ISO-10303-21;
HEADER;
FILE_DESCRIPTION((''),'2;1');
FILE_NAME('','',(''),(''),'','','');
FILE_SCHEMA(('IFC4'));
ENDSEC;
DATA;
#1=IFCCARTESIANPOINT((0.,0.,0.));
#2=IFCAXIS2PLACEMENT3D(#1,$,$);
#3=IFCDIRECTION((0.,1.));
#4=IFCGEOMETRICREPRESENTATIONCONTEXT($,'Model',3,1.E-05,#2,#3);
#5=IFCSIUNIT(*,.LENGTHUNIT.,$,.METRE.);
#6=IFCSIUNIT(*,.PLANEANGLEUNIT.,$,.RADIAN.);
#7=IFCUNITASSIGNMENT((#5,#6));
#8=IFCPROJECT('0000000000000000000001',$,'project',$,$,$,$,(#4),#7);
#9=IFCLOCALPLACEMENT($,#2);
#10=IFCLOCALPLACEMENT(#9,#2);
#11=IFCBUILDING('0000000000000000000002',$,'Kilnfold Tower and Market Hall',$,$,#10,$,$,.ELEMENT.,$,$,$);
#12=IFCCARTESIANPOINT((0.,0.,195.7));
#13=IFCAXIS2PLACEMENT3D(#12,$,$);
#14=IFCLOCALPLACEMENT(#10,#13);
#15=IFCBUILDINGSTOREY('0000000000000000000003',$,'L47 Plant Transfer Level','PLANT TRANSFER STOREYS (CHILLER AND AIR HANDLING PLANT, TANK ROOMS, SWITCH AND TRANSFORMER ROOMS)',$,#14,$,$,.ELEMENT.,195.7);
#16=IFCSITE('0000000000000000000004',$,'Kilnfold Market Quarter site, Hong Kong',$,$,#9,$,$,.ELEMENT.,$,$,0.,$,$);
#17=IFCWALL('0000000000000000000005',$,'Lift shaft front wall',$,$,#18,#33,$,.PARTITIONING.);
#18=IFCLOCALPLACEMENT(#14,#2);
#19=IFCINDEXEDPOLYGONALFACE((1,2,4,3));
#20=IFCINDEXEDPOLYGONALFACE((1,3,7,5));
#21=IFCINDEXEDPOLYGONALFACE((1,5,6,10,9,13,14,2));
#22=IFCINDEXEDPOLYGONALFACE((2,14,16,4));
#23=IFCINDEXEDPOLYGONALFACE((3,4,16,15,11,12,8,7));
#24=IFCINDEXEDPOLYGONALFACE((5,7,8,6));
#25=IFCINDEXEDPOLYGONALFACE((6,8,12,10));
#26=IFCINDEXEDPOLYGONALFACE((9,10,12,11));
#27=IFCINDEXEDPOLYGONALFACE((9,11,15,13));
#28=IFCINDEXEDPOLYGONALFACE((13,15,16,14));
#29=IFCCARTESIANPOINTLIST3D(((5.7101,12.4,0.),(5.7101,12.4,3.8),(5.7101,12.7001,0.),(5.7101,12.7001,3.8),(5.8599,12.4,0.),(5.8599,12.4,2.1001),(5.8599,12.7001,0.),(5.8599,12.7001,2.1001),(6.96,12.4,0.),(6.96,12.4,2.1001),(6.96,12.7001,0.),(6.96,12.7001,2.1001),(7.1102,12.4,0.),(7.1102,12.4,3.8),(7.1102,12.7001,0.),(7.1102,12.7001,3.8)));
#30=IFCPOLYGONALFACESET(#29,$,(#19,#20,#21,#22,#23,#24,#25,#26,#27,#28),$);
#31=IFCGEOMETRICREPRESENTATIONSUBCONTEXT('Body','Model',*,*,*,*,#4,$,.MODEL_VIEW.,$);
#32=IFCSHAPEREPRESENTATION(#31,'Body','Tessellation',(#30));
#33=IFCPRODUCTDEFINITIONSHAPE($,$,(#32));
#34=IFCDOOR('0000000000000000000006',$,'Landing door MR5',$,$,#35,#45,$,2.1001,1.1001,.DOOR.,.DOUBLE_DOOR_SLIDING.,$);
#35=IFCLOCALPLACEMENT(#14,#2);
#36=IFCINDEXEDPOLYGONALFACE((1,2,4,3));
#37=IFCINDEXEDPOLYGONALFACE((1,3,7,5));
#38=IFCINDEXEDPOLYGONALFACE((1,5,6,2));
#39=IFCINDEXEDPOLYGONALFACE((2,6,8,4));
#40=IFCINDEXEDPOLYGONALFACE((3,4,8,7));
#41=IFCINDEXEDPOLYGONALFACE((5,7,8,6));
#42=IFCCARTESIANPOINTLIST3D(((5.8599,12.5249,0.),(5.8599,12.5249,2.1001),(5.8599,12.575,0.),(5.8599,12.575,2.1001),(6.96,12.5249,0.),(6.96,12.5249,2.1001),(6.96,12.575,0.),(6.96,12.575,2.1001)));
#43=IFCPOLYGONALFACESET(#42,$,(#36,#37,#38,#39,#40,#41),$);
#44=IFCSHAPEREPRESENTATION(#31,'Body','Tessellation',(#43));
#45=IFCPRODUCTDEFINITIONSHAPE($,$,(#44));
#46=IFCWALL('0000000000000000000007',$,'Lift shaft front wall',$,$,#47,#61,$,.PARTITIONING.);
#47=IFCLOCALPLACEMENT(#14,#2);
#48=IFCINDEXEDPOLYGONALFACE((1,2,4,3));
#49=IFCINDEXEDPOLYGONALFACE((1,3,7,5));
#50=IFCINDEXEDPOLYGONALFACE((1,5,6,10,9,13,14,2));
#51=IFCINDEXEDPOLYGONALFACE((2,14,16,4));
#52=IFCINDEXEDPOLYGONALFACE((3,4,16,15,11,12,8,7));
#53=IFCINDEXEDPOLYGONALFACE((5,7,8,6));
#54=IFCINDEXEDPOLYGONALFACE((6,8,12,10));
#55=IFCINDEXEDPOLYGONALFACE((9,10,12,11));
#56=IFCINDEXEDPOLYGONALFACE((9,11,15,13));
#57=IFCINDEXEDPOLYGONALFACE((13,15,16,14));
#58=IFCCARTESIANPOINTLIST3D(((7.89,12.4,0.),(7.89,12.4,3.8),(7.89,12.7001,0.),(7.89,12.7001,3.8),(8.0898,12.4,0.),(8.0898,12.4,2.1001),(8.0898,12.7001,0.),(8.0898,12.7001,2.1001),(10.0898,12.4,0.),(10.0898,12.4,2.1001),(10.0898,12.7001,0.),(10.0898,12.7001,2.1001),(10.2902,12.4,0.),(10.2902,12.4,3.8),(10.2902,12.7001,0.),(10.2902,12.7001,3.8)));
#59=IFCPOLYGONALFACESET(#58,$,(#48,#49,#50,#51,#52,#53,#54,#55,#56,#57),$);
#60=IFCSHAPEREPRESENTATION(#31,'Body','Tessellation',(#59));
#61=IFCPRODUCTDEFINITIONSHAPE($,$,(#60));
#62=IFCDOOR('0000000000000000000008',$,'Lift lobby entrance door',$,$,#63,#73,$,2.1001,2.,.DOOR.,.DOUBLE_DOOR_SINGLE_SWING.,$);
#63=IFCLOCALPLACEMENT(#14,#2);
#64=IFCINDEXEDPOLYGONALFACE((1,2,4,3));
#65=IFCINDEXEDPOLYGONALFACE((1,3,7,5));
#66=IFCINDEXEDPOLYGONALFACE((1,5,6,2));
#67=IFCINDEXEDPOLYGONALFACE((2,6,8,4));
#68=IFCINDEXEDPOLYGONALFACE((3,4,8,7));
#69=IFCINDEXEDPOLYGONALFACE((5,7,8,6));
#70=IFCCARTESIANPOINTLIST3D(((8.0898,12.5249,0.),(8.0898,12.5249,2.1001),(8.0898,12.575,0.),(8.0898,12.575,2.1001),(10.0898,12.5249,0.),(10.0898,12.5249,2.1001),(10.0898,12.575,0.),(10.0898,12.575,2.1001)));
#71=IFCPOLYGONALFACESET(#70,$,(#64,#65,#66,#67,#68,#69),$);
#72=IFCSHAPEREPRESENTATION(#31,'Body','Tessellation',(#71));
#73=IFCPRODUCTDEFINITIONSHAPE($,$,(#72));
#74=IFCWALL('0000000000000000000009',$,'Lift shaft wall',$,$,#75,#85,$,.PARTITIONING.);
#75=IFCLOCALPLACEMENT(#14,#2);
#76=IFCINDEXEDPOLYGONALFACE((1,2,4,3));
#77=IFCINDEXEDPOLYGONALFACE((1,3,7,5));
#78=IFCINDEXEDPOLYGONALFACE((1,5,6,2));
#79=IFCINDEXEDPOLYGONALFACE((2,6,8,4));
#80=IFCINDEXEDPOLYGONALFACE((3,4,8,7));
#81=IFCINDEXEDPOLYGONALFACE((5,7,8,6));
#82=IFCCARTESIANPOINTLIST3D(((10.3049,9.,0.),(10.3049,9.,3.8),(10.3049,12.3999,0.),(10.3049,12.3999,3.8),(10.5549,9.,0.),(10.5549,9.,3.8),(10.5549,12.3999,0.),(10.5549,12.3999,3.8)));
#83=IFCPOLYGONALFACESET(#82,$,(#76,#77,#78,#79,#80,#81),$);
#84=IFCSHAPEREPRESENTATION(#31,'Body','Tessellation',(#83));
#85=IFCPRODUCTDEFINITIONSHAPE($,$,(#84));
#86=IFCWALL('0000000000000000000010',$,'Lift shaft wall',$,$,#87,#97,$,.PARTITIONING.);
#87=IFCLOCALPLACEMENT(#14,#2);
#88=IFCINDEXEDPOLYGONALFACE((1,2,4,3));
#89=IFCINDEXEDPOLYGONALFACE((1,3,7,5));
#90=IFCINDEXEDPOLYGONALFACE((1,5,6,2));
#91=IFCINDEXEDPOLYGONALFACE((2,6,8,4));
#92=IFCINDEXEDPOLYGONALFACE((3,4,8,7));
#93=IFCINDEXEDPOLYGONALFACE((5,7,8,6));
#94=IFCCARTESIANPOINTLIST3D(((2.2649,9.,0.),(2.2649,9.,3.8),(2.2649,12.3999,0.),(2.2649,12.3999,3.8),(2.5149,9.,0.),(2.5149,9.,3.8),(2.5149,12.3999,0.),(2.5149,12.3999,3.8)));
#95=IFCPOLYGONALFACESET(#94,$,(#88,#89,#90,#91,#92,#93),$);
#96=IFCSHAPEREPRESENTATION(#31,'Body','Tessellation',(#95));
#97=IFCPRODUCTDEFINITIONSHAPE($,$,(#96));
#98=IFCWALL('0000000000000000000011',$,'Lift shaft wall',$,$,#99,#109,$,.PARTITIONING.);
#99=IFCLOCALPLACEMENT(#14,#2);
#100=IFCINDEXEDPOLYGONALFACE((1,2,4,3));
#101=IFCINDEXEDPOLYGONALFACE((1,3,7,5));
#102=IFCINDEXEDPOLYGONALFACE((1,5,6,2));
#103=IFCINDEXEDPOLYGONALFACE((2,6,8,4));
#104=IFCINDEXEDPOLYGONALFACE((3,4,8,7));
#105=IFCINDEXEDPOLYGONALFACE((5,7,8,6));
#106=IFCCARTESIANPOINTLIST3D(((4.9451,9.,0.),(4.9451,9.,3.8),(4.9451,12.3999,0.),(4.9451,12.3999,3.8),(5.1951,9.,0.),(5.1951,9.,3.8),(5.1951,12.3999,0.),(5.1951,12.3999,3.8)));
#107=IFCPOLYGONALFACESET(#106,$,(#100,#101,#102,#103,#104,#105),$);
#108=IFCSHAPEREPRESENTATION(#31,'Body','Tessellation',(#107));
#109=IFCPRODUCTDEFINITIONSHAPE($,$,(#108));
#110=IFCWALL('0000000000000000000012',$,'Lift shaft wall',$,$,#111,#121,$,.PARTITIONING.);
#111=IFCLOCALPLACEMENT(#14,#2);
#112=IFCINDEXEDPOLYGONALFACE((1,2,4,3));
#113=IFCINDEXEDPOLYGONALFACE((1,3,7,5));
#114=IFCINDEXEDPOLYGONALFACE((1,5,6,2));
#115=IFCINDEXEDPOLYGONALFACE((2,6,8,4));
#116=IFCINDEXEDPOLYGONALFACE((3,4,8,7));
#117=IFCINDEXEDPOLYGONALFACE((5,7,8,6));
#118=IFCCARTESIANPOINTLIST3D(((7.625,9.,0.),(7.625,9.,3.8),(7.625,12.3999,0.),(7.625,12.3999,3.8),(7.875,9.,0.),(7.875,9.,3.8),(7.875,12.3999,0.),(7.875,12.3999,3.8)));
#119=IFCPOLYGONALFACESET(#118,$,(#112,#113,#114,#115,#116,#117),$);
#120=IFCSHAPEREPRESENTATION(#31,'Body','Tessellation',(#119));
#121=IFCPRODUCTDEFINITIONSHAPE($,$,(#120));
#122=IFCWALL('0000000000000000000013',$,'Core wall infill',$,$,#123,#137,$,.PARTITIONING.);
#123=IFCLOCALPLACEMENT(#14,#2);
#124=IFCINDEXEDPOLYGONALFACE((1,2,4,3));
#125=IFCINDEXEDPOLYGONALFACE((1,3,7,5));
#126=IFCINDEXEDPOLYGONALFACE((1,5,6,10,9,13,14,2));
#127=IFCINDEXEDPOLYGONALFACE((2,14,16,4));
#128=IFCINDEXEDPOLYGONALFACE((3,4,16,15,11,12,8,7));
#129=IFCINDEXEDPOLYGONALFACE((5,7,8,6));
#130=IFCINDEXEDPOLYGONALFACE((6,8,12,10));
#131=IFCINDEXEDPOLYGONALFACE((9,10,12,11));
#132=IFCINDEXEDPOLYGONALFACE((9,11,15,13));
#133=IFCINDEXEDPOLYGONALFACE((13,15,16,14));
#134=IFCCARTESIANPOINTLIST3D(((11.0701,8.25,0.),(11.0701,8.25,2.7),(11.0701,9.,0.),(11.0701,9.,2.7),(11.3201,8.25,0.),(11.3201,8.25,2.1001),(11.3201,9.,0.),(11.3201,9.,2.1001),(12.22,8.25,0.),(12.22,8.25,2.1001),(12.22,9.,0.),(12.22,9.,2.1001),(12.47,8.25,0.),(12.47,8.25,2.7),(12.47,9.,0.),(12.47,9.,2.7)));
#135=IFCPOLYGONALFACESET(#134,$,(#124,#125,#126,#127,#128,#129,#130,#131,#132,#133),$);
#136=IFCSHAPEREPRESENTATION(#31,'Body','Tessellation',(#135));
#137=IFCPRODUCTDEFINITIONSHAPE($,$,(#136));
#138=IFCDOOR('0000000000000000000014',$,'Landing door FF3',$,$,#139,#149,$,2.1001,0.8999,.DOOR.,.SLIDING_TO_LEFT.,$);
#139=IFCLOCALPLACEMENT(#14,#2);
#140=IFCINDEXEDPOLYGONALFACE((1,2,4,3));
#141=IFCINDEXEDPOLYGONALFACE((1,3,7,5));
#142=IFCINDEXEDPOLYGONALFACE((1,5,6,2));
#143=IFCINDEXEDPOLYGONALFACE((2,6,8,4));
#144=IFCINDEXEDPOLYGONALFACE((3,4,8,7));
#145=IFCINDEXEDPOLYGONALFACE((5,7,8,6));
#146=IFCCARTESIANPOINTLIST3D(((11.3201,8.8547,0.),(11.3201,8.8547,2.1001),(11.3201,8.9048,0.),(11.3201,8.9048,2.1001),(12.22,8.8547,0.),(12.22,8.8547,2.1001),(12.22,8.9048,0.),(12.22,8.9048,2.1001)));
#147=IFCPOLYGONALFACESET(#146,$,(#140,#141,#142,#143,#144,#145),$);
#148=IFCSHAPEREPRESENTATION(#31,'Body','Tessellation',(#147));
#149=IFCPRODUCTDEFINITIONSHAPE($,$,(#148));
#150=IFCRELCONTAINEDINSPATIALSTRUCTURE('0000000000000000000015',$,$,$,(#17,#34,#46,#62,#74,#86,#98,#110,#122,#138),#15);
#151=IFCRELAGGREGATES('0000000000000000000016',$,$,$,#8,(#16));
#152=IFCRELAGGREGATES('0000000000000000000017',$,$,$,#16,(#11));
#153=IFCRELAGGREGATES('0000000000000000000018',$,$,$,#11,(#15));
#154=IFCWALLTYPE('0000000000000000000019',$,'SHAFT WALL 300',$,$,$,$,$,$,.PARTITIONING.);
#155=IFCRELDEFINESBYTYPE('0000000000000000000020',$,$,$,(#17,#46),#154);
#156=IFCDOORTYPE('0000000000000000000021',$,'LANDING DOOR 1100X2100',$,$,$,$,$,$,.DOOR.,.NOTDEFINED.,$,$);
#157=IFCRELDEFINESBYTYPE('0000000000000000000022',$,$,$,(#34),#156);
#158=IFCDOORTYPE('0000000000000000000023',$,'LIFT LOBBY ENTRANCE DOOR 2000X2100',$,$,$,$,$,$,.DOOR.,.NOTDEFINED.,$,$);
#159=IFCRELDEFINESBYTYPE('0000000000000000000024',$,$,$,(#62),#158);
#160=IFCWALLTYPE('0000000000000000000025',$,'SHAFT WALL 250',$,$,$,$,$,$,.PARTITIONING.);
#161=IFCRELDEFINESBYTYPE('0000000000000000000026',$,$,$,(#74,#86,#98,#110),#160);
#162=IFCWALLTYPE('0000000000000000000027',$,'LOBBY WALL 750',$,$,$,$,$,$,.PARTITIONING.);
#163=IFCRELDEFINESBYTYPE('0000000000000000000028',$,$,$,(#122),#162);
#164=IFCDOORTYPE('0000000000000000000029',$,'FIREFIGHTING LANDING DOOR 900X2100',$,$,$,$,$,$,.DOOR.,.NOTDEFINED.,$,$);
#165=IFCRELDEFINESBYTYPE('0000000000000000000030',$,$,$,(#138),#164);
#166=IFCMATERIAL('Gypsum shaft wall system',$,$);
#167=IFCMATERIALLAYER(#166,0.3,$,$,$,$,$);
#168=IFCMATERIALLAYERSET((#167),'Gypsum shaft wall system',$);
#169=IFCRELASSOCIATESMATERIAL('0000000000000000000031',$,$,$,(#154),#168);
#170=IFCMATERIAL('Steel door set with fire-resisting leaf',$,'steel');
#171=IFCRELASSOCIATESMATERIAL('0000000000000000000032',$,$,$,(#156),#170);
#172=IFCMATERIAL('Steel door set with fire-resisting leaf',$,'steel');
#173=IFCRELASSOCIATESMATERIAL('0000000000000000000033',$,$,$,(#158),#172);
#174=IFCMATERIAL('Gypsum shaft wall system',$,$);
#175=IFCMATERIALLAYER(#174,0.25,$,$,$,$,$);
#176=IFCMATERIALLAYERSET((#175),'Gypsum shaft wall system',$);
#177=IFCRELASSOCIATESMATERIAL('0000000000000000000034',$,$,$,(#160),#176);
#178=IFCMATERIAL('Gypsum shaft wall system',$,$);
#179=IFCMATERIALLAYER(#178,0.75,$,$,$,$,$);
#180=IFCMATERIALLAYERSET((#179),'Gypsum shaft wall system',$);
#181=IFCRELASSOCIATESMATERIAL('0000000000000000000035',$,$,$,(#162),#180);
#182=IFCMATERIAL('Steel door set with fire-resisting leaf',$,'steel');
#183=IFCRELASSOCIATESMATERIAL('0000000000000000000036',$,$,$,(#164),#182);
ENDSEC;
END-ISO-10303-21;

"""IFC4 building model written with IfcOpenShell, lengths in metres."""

from ifc_helpers import new_model, si_unit, direction, frame, frame_2d, origin, place, context, subcontext, project, spatial, rectangle, extrude, source, transform, mapped, material, layer, layer_set, type_object, element, fill, save


model = new_model("IFC4")

# Units and contexts
model_context = context("Model", 3, precision=1e-05, world=origin(), true_north=direction((0.0, 1.0)))
body_context = subcontext(model_context, "Body", "Model", "MODEL_VIEW")
ifc_project = project(units=[si_unit("LENGTHUNIT", "METRE"), si_unit("PLANEANGLEUNIT", "RADIAN")], contexts=[model_context])

# Site, building, storey
site_placement = place(None, origin())
site = spatial("IfcSite", under=ifc_project, at=site_placement, Name="Kilnfold Market Quarter site, Hong Kong", CompositionType="ELEMENT", RefElevation=0.0)
building_placement = place(site_placement, origin())
building = spatial("IfcBuilding", under=site, at=building_placement, Name="Kilnfold Tower and Market Hall", CompositionType="ELEMENT")
storey_placement = place(building_placement, frame((0.0, 0.0, 195.7)))
storey = spatial("IfcBuildingStorey", under=building, at=storey_placement, Name="L47 Plant Transfer Level", Description="PLANT TRANSFER STOREYS (CHILLER AND AIR HANDLING PLANT, TANK ROOMS, SWITCH AND TRANSFORMER ROOMS)", CompositionType="ELEMENT", Elevation=195.7)

# Shared definitions
ifc_material_1 = material(Name="Gypsum shaft wall system")
ifc_layer_1 = layer(ifc_material_1, 0.3)
ifc_layer_set_1 = layer_set([ifc_layer_1], Name="Gypsum shaft wall system")
wall_type_1 = type_object("IfcWallType", Name="SHAFT WALL 300", PredefinedType="PARTITIONING", material=ifc_layer_set_1)
ifc_material_2 = material(Name="Steel door set with fire-resisting leaf", Category="steel")
door_type_1 = type_object("IfcDoorType", Name="LANDING DOOR 1100X2100", OperationType="NOTDEFINED", PredefinedType="DOOR", material=ifc_material_2)

# Walls, openings, doors
shared_shape_1 = source(origin(), body_context, "Body", "SweptSolid", [
    extrude(rectangle(XDim=1.4001, YDim=0.3, at=frame_2d((0.7002, 0.0))), origin(), (0.0, 0.0, 1.0), 3.8),
])
wall_1_placement = place(storey_placement, frame((5.71, 12.55, 0.0), z_axis=(0.0, 0.0, 1.0), x_axis=(1.0, 0.0, 0.0)))
wall_1 = element("IfcWall", 1, at=wall_1_placement, inside=storey, type_object=wall_type_1, Name="Lift shaft front wall", PredefinedType="PARTITIONING", context=body_context, shape_type="MappedRepresentation", body=[
    mapped(shared_shape_1, transform((0.0, 0.0, 0.0))),
])
opening_1_placement = place(wall_1_placement, frame((0.1499, 0.0, 0.0)))
opening_1 = element("IfcOpeningElement", 2, at=opening_1_placement, cuts=wall_1, PredefinedType="OPENING", context=body_context, shape_type="SweptSolid", body=[
    extrude(rectangle(XDim=1.1001, YDim=2.1001, at=frame_2d((0.55, 1.05))), frame((0.0, 0.1602, 0.0), z_axis=(0.0, -1.0, 0.0), x_axis=(1.0, 0.0, 0.0)), (0.0, 0.0, 1.0), 0.3201),
])
door_1_placement = place(opening_1_placement, origin())
door_1 = element("IfcDoor", 3, at=door_1_placement, inside=storey, type_object=door_type_1, Name="Landing door MR5", OperationType="DOUBLE_DOOR_SLIDING", OverallHeight=2.1001, OverallWidth=1.1001, PredefinedType="DOOR", context=body_context, shape_type="SweptSolid", body=[
    extrude(rectangle(XDim=1.1001, YDim=2.1001, at=frame_2d((0.55, 1.05))), frame((0.0, 0.0249, 0.0), z_axis=(0.0, -1.0, 0.0), x_axis=(1.0, 0.0, 0.0)), (0.0, 0.0, 1.0), 0.05),
])
fill(opening_1, door_1)
shared_shape_2 = source(origin(), body_context, "Body", "SweptSolid", [
    extrude(rectangle(XDim=2.4001, YDim=0.3, at=frame_2d((1.2002, 0.0))), origin(), (0.0, 0.0, 1.0), 3.8),
])
wall_2_placement = place(storey_placement, frame((7.8899, 12.55, 0.0), z_axis=(0.0, 0.0, 1.0), x_axis=(1.0, 0.0, 0.0)))
wall_2 = element("IfcWall", 4, at=wall_2_placement, inside=storey, type_object=wall_type_1, Name="Lift shaft front wall", PredefinedType="PARTITIONING", context=body_context, shape_type="MappedRepresentation", body=[
    mapped(shared_shape_2, transform((0.0, 0.0, 0.0))),
])
opening_2_placement = place(wall_2_placement, frame((0.2, 0.0, 0.0)))
opening_2 = element("IfcOpeningElement", 5, at=opening_2_placement, cuts=wall_2, PredefinedType="OPENING", context=body_context, shape_type="SweptSolid", body=[
    extrude(rectangle(XDim=2.0, YDim=2.1001, at=frame_2d((1.0, 1.05))), frame((0.0, 0.1602, 0.0), z_axis=(0.0, -1.0, 0.0), x_axis=(1.0, 0.0, 0.0)), (0.0, 0.0, 1.0), 0.3201),
])
ifc_material_3 = material(Name="Steel door set with fire-resisting leaf", Category="steel")
door_type_2 = type_object("IfcDoorType", Name="LIFT LOBBY ENTRANCE DOOR 2000X2100", OperationType="NOTDEFINED", PredefinedType="DOOR", material=ifc_material_3)
door_2_placement = place(opening_2_placement, origin())
door_2 = element("IfcDoor", 6, at=door_2_placement, inside=storey, type_object=door_type_2, Name="Lift lobby entrance door", OperationType="DOUBLE_DOOR_SINGLE_SWING", OverallHeight=2.1001, OverallWidth=2.0, PredefinedType="DOOR", context=body_context, shape_type="SweptSolid", body=[
    extrude(rectangle(XDim=2.0, YDim=2.1001, at=frame_2d((1.0, 1.05))), frame((0.0, 0.0249, 0.0), z_axis=(0.0, -1.0, 0.0), x_axis=(1.0, 0.0, 0.0)), (0.0, 0.0, 1.0), 0.05),
])
fill(opening_2, door_2)

# Walls
ifc_material_4 = material(Name="Gypsum shaft wall system")
ifc_layer_2 = layer(ifc_material_4, 0.25)
ifc_layer_set_2 = layer_set([ifc_layer_2], Name="Gypsum shaft wall system")
wall_type_2 = type_object("IfcWallType", Name="SHAFT WALL 250", PredefinedType="PARTITIONING", material=ifc_layer_set_2)
shared_shape_3 = source(origin(), body_context, "Body", "SweptSolid", [
    extrude(rectangle(XDim=3.3999, YDim=0.25, at=frame_2d((1.7, 0.0))), origin(), (0.0, 0.0, 1.0), 3.8),
])
for number, where, z_axis, x_axis, name in (
    (7, (10.4299, 9.0, 0.0), (0.0, 0.0, 1.0), (0.0, 1.0, 0.0), "Lift shaft wall"),
    (8, (2.3899, 9.0, 0.0), (0.0, 0.0, 1.0), (0.0, 1.0, 0.0), "Lift shaft wall"),
    (9, (5.0701, 9.0, 0.0), (0.0, 0.0, 1.0), (0.0, 1.0, 0.0), "Lift shaft wall"),
    (10, (7.75, 9.0, 0.0), (0.0, 0.0, 1.0), (0.0, 1.0, 0.0), "Lift shaft wall"),
):
    element("IfcWall", number, at=place(storey_placement, frame(where, z_axis=z_axis, x_axis=x_axis)), inside=storey, type_object=wall_type_2, Name=name, PredefinedType="PARTITIONING", context=body_context, shape_type="MappedRepresentation", body=[
        mapped(shared_shape_3, transform((0.0, 0.0, 0.0))),
    ])

# Wall, opening, door
ifc_material_5 = material(Name="Gypsum shaft wall system")
ifc_layer_3 = layer(ifc_material_5, 0.75)
ifc_layer_set_3 = layer_set([ifc_layer_3], Name="Gypsum shaft wall system")
wall_type_3 = type_object("IfcWallType", Name="LOBBY WALL 750", PredefinedType="PARTITIONING", material=ifc_layer_set_3)
shared_shape_4 = source(origin(), body_context, "Body", "SweptSolid", [
    extrude(rectangle(XDim=1.3999, YDim=0.75, at=frame_2d((0.7, 0.0))), origin(), (0.0, 0.0, 1.0), 2.7),
])
wall_3_placement = place(storey_placement, frame((11.0701, 8.625, 0.0), z_axis=(0.0, 0.0, 1.0), x_axis=(1.0, 0.0, 0.0)))
wall_3 = element("IfcWall", 11, at=wall_3_placement, inside=storey, type_object=wall_type_3, Name="Core wall infill", PredefinedType="PARTITIONING", context=body_context, shape_type="MappedRepresentation", body=[
    mapped(shared_shape_4, transform((0.0, 0.0, 0.0))),
])
opening_3_placement = place(wall_3_placement, frame((0.25, 0.0, 0.0)))
opening_3 = element("IfcOpeningElement", 12, at=opening_3_placement, cuts=wall_3, PredefinedType="OPENING", context=body_context, shape_type="SweptSolid", body=[
    extrude(rectangle(XDim=0.8999, YDim=2.1001, at=frame_2d((0.45, 1.05))), frame((0.0, 0.385, 0.0), z_axis=(0.0, -1.0, 0.0), x_axis=(1.0, 0.0, 0.0)), (0.0, 0.0, 1.0), 0.77),
])
ifc_material_6 = material(Name="Steel door set with fire-resisting leaf", Category="steel")
door_type_3 = type_object("IfcDoorType", Name="FIREFIGHTING LANDING DOOR 900X2100", OperationType="NOTDEFINED", PredefinedType="DOOR", material=ifc_material_6)
door_3_placement = place(opening_3_placement, origin())
door_3 = element("IfcDoor", 13, at=door_3_placement, inside=storey, type_object=door_type_3, Name="Landing door FF3", OperationType="SLIDING_TO_LEFT", OverallHeight=2.1001, OverallWidth=0.8999, PredefinedType="DOOR", context=body_context, shape_type="SweptSolid", body=[
    extrude(rectangle(XDim=0.8999, YDim=2.1001, at=frame_2d((0.45, 1.05))), frame((0.0, 0.2798, 0.0), z_axis=(0.0, -1.0, 0.0), x_axis=(1.0, 0.0, 0.0)), (0.0, 0.0, 1.0), 0.05),
])
fill(opening_3, door_3)

save(model, "model.ifc")
